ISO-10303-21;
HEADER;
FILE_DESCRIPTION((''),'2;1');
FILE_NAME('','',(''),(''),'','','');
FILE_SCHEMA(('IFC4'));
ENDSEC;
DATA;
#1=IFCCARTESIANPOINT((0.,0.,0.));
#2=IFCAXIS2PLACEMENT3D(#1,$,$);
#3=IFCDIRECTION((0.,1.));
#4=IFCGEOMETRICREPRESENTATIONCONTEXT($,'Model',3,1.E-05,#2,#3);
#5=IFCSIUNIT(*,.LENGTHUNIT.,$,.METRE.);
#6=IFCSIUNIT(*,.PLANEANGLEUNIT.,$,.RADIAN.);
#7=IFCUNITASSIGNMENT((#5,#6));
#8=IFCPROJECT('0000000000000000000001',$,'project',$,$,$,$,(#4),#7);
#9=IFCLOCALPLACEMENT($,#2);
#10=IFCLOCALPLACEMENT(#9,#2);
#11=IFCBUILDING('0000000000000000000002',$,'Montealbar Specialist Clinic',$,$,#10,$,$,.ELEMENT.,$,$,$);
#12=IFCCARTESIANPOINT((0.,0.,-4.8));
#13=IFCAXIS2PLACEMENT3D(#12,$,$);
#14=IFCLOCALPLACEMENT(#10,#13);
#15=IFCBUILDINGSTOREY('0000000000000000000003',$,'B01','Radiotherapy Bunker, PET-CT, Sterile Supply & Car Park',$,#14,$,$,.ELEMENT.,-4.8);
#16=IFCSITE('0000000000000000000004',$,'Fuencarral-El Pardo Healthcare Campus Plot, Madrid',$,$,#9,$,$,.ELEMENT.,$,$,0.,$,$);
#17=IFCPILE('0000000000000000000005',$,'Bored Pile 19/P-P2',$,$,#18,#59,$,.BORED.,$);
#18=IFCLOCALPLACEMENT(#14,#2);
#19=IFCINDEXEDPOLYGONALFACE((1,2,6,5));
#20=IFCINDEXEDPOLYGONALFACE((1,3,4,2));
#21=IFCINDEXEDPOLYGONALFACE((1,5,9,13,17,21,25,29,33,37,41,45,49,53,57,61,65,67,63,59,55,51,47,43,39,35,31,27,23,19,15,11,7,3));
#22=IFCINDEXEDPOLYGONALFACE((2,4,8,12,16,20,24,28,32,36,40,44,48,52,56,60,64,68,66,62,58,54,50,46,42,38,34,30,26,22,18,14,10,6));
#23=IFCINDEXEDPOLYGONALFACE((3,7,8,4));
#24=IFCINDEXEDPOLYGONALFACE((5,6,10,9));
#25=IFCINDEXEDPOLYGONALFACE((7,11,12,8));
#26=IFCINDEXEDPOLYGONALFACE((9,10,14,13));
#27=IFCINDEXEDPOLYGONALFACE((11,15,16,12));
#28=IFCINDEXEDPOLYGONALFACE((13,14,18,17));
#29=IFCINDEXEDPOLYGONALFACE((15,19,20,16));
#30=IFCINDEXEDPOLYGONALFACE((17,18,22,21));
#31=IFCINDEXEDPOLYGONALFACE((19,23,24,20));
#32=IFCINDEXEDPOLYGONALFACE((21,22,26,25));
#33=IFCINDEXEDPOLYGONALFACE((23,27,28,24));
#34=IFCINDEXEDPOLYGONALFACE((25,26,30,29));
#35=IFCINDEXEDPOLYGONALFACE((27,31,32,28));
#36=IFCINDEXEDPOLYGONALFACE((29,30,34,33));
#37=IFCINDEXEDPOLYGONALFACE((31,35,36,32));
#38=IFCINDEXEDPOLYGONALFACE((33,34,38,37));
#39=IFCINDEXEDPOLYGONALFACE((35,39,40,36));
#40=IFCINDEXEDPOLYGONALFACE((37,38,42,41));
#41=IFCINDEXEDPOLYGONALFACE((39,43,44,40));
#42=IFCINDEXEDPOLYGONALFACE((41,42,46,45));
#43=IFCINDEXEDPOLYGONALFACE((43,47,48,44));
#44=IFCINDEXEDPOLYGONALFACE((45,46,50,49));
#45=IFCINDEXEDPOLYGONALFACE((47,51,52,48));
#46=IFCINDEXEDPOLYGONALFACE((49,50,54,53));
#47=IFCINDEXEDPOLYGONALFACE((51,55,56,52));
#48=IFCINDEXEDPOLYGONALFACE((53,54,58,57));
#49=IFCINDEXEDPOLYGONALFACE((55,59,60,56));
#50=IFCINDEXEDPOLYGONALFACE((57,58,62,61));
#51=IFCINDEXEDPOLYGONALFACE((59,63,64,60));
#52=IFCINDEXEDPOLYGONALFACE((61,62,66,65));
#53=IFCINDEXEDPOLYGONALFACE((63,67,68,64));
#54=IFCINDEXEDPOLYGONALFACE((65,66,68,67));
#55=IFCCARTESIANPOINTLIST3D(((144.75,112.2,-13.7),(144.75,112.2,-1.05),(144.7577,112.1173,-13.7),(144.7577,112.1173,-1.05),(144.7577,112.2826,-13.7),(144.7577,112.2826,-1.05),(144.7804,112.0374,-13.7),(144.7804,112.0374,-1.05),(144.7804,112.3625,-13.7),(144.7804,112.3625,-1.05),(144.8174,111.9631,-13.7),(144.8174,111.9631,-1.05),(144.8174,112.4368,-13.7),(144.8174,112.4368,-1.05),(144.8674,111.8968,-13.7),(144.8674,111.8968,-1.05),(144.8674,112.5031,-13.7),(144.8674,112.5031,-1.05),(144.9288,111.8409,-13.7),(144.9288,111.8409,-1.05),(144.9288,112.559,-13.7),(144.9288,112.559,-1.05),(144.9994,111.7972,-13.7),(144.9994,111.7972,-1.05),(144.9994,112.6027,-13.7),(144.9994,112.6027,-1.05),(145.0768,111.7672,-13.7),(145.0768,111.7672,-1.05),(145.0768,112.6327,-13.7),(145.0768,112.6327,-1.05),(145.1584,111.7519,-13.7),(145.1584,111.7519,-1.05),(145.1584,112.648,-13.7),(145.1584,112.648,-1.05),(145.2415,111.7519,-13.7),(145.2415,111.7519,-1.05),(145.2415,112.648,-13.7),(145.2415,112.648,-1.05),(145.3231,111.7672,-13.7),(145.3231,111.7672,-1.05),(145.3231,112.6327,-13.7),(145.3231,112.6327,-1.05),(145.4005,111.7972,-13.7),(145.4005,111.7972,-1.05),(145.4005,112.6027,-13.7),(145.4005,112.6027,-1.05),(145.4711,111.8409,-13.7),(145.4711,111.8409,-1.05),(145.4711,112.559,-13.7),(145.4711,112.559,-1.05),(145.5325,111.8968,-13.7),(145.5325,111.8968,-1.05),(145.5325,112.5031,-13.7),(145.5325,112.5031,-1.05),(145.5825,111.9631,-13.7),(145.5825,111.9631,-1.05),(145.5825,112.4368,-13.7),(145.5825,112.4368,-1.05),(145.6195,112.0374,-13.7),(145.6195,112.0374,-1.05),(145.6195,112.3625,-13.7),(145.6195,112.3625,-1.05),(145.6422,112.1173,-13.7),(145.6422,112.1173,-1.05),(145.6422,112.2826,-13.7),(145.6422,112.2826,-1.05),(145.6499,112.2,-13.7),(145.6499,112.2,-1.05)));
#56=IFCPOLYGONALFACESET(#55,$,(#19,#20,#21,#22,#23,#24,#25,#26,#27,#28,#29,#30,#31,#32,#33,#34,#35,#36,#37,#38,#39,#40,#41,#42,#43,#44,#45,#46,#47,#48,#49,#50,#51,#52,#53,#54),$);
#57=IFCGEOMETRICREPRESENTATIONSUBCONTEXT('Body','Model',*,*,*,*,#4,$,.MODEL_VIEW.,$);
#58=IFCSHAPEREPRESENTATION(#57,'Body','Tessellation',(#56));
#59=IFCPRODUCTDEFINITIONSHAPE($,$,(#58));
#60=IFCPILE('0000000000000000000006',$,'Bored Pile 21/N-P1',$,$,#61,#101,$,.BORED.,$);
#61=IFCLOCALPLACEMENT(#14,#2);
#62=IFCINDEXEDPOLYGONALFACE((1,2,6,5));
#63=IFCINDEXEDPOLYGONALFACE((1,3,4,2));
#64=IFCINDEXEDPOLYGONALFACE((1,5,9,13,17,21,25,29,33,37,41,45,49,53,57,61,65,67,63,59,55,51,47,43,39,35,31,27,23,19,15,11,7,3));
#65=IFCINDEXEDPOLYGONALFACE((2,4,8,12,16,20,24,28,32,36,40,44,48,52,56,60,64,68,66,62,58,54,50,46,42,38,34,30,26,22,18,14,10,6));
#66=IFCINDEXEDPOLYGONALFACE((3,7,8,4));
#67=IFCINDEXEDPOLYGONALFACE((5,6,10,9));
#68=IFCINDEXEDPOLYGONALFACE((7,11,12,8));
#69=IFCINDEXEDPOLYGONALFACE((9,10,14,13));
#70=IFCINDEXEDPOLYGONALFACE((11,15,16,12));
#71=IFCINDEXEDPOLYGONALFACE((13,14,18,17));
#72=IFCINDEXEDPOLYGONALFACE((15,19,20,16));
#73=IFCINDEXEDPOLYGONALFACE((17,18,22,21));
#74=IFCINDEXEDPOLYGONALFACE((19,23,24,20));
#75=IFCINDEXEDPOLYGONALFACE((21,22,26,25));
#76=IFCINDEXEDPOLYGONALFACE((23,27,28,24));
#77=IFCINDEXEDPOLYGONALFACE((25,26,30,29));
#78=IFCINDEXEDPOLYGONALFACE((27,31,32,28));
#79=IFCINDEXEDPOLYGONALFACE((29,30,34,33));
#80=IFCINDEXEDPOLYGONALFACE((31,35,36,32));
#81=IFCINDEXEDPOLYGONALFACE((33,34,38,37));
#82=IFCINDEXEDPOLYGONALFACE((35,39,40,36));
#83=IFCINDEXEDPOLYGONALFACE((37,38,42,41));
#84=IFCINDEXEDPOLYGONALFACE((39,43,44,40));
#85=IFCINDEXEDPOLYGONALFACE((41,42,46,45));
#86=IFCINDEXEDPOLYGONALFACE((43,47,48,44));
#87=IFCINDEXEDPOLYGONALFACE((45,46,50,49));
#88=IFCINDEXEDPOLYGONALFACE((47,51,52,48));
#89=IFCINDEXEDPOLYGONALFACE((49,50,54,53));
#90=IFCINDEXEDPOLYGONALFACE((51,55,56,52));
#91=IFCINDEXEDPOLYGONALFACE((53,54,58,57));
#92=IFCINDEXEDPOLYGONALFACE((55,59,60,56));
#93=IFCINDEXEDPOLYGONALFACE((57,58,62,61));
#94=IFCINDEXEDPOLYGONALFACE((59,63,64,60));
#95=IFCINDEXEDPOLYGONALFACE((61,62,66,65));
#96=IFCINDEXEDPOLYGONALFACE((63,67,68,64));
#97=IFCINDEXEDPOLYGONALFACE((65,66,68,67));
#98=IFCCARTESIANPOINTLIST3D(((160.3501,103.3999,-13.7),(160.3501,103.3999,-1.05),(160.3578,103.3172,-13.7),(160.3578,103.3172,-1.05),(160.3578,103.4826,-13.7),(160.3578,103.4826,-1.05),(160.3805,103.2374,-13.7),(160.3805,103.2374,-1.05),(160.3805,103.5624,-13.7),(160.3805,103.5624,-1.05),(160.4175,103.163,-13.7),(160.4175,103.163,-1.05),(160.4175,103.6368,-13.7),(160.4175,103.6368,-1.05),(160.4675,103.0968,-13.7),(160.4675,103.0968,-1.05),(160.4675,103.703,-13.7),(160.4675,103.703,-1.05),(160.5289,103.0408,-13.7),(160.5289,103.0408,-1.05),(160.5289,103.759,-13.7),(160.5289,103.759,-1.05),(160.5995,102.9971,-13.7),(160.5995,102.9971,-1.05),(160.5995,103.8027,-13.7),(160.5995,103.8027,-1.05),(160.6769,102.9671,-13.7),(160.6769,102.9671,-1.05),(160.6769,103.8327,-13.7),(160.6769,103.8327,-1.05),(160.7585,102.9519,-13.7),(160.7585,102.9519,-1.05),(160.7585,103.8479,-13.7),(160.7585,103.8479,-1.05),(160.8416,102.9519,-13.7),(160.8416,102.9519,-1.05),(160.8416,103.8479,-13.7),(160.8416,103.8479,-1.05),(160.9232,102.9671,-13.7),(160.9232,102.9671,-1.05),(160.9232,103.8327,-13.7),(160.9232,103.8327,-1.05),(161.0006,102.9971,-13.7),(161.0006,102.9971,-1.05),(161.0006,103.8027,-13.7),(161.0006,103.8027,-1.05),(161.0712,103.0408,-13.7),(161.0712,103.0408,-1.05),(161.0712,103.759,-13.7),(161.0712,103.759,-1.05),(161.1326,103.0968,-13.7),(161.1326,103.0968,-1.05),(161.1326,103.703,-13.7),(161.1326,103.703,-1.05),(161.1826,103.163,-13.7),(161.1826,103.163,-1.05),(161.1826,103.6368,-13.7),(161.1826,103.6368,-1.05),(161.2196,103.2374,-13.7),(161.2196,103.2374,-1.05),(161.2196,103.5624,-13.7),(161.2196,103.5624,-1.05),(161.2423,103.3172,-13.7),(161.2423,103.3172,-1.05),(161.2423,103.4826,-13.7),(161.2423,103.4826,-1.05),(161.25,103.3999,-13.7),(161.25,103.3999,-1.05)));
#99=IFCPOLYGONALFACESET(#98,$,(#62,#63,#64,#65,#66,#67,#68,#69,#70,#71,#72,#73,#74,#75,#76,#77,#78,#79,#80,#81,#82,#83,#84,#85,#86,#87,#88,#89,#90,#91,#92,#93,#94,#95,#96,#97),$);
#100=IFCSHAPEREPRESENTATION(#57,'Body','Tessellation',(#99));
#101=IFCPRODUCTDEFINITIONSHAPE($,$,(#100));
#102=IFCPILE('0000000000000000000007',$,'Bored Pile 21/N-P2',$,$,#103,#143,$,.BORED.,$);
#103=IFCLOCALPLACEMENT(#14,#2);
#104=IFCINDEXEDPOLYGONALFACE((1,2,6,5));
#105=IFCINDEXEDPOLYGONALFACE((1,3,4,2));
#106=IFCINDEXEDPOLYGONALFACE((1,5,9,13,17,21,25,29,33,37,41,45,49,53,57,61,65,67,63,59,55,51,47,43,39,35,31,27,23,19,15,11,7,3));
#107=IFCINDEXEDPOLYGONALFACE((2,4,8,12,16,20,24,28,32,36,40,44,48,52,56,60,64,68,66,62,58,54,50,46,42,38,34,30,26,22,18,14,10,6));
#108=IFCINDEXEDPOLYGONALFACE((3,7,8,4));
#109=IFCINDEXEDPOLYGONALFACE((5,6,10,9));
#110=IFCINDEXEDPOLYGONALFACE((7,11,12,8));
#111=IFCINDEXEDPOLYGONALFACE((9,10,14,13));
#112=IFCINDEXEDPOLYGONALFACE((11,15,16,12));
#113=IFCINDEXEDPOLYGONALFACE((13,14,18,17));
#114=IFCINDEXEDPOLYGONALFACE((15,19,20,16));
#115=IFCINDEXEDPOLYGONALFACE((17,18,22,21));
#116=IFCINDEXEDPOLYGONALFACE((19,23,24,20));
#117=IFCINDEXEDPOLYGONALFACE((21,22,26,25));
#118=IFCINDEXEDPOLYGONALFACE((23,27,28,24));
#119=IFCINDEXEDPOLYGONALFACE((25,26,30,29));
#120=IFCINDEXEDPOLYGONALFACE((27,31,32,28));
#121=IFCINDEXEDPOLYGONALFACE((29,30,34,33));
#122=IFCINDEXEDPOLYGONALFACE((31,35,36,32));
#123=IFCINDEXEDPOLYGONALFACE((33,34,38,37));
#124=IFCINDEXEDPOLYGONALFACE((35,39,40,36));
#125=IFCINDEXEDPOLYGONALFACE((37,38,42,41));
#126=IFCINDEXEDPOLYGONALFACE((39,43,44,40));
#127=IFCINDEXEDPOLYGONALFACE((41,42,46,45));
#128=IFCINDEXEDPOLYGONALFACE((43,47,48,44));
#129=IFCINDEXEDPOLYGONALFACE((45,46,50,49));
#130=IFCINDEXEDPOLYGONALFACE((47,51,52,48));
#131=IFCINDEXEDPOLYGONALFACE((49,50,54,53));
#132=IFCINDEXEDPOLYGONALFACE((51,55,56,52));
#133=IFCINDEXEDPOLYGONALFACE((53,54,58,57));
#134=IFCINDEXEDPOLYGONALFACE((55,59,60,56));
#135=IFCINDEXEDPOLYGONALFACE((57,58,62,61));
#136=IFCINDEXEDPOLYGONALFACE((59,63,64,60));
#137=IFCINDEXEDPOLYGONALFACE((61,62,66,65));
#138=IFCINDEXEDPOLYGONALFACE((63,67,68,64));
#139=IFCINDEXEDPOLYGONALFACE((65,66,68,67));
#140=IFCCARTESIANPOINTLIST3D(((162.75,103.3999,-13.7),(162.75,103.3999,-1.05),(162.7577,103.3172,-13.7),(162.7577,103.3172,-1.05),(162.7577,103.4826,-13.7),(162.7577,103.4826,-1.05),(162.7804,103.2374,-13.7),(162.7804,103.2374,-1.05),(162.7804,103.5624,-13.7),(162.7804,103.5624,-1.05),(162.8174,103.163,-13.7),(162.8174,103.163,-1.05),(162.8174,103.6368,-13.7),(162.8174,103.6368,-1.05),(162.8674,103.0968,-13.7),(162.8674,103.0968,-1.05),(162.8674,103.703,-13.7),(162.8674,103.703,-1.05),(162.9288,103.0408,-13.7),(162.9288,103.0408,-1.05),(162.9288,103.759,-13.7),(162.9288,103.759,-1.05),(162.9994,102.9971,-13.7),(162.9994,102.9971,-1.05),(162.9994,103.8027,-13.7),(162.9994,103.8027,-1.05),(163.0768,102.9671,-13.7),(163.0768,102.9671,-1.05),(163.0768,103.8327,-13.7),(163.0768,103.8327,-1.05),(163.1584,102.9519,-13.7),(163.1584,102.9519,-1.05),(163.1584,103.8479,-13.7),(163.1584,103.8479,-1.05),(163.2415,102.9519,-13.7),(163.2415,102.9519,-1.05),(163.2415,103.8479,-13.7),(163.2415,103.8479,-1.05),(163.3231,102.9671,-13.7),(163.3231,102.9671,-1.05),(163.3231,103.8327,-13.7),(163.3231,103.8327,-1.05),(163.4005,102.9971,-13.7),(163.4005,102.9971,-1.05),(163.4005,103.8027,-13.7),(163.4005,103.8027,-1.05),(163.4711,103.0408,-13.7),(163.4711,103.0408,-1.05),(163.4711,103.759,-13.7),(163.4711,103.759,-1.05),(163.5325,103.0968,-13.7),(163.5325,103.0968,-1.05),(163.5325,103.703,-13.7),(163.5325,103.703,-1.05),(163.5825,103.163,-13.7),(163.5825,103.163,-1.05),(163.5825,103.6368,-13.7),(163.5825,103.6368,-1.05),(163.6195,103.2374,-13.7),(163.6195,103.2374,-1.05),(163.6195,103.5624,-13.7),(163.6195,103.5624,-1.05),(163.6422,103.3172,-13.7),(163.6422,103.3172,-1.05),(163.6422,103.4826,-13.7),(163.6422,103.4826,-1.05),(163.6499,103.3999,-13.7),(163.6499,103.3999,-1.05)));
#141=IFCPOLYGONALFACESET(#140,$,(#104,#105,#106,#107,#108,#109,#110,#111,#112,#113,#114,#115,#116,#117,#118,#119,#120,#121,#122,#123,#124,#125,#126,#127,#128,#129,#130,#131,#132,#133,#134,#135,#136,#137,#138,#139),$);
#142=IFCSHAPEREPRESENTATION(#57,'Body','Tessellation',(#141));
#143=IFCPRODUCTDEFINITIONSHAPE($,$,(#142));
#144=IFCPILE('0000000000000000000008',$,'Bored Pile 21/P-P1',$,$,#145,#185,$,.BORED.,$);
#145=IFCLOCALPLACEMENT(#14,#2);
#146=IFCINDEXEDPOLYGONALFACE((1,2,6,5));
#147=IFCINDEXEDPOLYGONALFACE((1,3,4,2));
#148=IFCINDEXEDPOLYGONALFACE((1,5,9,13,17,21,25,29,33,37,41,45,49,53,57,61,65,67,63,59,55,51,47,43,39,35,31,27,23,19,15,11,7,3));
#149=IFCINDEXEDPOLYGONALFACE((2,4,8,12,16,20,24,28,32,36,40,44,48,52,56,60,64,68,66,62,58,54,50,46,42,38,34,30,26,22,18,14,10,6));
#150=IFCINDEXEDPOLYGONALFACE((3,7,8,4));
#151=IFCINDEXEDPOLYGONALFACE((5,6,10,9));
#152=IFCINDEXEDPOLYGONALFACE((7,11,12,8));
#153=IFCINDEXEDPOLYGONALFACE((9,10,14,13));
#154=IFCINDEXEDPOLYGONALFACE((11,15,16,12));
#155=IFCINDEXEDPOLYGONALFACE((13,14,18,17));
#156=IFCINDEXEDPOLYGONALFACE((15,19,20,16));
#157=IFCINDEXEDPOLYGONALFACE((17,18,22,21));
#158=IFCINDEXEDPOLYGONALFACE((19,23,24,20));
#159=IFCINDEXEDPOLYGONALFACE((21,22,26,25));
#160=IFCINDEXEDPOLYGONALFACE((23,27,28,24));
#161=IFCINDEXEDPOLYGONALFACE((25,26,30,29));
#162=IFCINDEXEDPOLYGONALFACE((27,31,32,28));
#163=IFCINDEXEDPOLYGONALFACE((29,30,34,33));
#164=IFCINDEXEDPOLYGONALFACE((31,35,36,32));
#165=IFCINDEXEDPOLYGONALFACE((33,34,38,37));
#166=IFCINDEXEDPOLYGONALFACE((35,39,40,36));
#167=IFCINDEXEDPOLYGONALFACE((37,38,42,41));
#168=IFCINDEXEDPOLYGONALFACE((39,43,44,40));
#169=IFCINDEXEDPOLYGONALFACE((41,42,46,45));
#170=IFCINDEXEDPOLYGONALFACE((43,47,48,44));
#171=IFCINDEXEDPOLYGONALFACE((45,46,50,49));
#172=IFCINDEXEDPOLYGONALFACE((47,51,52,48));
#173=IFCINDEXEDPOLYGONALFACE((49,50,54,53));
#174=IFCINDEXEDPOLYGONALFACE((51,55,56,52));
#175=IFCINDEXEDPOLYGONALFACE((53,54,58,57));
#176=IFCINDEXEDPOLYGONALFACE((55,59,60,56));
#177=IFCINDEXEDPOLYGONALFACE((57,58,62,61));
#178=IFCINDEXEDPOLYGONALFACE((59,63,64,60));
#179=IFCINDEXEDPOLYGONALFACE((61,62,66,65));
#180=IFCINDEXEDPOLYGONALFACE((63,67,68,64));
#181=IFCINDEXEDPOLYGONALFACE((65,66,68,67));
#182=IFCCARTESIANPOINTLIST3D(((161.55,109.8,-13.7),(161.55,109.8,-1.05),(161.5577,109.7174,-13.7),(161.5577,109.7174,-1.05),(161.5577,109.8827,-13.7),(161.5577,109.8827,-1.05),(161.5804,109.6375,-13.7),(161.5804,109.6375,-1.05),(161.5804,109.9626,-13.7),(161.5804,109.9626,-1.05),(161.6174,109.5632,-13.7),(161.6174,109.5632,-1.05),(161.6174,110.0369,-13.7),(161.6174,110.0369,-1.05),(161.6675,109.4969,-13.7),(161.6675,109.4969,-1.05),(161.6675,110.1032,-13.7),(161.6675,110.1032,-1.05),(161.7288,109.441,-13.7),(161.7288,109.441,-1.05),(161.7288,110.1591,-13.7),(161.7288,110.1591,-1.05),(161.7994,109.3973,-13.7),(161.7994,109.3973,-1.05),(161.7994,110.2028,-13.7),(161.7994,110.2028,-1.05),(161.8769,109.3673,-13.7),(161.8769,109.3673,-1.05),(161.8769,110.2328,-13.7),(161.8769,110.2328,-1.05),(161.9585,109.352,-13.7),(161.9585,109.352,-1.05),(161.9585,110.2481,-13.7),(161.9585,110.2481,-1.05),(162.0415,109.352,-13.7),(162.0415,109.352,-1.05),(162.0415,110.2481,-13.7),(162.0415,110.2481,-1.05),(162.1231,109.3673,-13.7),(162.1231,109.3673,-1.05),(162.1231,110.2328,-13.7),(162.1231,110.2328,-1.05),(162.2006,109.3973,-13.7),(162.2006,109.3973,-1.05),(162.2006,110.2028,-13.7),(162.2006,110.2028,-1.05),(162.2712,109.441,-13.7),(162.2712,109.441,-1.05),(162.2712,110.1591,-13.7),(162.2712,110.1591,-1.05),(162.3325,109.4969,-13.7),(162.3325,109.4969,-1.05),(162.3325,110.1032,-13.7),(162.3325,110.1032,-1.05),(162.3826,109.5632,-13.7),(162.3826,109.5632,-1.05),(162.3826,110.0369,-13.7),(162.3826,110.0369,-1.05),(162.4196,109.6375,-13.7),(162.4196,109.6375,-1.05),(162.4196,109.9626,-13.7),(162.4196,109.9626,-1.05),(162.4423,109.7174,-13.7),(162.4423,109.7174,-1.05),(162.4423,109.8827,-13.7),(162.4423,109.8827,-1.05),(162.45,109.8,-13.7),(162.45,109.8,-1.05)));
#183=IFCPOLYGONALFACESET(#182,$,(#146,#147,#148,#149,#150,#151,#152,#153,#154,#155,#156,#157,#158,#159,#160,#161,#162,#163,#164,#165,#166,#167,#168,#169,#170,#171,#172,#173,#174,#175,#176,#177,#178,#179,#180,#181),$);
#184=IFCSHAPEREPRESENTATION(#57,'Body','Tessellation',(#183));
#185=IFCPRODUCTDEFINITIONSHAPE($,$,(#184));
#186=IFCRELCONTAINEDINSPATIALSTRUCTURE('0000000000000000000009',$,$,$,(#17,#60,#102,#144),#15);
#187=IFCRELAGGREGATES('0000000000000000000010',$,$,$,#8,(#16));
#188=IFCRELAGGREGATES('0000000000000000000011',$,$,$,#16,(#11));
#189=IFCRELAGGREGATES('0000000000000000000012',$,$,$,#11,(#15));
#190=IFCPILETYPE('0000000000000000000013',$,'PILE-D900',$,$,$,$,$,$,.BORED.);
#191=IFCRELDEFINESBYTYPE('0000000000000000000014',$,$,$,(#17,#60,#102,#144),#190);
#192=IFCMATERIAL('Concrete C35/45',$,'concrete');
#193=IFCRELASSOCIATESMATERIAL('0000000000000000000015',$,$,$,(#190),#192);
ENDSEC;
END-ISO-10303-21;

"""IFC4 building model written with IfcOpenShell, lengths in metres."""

from ifc_helpers import new_model, si_unit, direction, frame, origin, origin_2d, place, context, subcontext, project, spatial, circle, extrude, material, material_profile, profile_set, type_object, element, save


model = new_model("IFC4")

# Units and contexts
model_context = context("Model", 3, precision=1e-05, world=origin(), true_north=direction((0.0, 1.0)))
body_context = subcontext(model_context, "Body", "Model", "MODEL_VIEW")
ifc_project = project(units=[si_unit("LENGTHUNIT", "METRE"), si_unit("PLANEANGLEUNIT", "RADIAN")], contexts=[model_context])

# Site, building, storey
site_placement = place(None, origin())
site = spatial("IfcSite", under=ifc_project, at=site_placement, Name="Fuencarral-El Pardo Healthcare Campus Plot, Madrid", CompositionType="ELEMENT", RefElevation=0.0)
building_placement = place(site_placement, origin())
building = spatial("IfcBuilding", under=site, at=building_placement, Name="Montealbar Specialist Clinic", CompositionType="ELEMENT")
storey_placement = place(building_placement, frame((0.0, 0.0, -4.8)))
storey = spatial("IfcBuildingStorey", under=building, at=storey_placement, Name="B01", Description="Radiotherapy Bunker, PET-CT, Sterile Supply & Car Park", CompositionType="ELEMENT", Elevation=-4.8)

# Shared definitions
ifc_material_1 = material(Name="Concrete C35/45", Category="concrete")

# Piles
ifc_material_profile_1 = material_profile(ifc_material_1, circle(Radius=0.45, at=origin_2d()), Name="PILE D900", Category="concrete")
ifc_profile_set_1 = profile_set([ifc_material_profile_1], Name="Concrete C35/45")
pile_type_1 = type_object("IfcPileType", Name="PILE-D900", PredefinedType="BORED", material=ifc_profile_set_1)
for number, where, z_axis, x_axis, name in (
    (1, (145.2, 112.2, -1.05), (0.0, 0.0, -1.0), (1.0, 0.0, 0.0), "Bored Pile 19/P-P2"),
    (2, (160.8, 103.3999, -1.05), (0.0, 0.0, -1.0), (1.0, 0.0, 0.0), "Bored Pile 21/N-P1"),
    (3, (163.2, 103.3999, -1.05), (0.0, 0.0, -1.0), (1.0, 0.0, 0.0), "Bored Pile 21/N-P2"),
    (4, (162.0, 109.8, -1.05), (0.0, 0.0, -1.0), (1.0, 0.0, 0.0), "Bored Pile 21/P-P1"),
):
    element("IfcPile", number, at=place(storey_placement, frame(where, z_axis=z_axis, x_axis=x_axis)), inside=storey, type_object=pile_type_1, Name=name, PredefinedType="BORED", context=body_context, shape_type="SweptSolid", body=[
        extrude(circle(Radius=0.45, at=origin_2d()), origin(), (0.0, 0.0, 1.0), 12.6499),
    ])

save(model, "model.ifc")
